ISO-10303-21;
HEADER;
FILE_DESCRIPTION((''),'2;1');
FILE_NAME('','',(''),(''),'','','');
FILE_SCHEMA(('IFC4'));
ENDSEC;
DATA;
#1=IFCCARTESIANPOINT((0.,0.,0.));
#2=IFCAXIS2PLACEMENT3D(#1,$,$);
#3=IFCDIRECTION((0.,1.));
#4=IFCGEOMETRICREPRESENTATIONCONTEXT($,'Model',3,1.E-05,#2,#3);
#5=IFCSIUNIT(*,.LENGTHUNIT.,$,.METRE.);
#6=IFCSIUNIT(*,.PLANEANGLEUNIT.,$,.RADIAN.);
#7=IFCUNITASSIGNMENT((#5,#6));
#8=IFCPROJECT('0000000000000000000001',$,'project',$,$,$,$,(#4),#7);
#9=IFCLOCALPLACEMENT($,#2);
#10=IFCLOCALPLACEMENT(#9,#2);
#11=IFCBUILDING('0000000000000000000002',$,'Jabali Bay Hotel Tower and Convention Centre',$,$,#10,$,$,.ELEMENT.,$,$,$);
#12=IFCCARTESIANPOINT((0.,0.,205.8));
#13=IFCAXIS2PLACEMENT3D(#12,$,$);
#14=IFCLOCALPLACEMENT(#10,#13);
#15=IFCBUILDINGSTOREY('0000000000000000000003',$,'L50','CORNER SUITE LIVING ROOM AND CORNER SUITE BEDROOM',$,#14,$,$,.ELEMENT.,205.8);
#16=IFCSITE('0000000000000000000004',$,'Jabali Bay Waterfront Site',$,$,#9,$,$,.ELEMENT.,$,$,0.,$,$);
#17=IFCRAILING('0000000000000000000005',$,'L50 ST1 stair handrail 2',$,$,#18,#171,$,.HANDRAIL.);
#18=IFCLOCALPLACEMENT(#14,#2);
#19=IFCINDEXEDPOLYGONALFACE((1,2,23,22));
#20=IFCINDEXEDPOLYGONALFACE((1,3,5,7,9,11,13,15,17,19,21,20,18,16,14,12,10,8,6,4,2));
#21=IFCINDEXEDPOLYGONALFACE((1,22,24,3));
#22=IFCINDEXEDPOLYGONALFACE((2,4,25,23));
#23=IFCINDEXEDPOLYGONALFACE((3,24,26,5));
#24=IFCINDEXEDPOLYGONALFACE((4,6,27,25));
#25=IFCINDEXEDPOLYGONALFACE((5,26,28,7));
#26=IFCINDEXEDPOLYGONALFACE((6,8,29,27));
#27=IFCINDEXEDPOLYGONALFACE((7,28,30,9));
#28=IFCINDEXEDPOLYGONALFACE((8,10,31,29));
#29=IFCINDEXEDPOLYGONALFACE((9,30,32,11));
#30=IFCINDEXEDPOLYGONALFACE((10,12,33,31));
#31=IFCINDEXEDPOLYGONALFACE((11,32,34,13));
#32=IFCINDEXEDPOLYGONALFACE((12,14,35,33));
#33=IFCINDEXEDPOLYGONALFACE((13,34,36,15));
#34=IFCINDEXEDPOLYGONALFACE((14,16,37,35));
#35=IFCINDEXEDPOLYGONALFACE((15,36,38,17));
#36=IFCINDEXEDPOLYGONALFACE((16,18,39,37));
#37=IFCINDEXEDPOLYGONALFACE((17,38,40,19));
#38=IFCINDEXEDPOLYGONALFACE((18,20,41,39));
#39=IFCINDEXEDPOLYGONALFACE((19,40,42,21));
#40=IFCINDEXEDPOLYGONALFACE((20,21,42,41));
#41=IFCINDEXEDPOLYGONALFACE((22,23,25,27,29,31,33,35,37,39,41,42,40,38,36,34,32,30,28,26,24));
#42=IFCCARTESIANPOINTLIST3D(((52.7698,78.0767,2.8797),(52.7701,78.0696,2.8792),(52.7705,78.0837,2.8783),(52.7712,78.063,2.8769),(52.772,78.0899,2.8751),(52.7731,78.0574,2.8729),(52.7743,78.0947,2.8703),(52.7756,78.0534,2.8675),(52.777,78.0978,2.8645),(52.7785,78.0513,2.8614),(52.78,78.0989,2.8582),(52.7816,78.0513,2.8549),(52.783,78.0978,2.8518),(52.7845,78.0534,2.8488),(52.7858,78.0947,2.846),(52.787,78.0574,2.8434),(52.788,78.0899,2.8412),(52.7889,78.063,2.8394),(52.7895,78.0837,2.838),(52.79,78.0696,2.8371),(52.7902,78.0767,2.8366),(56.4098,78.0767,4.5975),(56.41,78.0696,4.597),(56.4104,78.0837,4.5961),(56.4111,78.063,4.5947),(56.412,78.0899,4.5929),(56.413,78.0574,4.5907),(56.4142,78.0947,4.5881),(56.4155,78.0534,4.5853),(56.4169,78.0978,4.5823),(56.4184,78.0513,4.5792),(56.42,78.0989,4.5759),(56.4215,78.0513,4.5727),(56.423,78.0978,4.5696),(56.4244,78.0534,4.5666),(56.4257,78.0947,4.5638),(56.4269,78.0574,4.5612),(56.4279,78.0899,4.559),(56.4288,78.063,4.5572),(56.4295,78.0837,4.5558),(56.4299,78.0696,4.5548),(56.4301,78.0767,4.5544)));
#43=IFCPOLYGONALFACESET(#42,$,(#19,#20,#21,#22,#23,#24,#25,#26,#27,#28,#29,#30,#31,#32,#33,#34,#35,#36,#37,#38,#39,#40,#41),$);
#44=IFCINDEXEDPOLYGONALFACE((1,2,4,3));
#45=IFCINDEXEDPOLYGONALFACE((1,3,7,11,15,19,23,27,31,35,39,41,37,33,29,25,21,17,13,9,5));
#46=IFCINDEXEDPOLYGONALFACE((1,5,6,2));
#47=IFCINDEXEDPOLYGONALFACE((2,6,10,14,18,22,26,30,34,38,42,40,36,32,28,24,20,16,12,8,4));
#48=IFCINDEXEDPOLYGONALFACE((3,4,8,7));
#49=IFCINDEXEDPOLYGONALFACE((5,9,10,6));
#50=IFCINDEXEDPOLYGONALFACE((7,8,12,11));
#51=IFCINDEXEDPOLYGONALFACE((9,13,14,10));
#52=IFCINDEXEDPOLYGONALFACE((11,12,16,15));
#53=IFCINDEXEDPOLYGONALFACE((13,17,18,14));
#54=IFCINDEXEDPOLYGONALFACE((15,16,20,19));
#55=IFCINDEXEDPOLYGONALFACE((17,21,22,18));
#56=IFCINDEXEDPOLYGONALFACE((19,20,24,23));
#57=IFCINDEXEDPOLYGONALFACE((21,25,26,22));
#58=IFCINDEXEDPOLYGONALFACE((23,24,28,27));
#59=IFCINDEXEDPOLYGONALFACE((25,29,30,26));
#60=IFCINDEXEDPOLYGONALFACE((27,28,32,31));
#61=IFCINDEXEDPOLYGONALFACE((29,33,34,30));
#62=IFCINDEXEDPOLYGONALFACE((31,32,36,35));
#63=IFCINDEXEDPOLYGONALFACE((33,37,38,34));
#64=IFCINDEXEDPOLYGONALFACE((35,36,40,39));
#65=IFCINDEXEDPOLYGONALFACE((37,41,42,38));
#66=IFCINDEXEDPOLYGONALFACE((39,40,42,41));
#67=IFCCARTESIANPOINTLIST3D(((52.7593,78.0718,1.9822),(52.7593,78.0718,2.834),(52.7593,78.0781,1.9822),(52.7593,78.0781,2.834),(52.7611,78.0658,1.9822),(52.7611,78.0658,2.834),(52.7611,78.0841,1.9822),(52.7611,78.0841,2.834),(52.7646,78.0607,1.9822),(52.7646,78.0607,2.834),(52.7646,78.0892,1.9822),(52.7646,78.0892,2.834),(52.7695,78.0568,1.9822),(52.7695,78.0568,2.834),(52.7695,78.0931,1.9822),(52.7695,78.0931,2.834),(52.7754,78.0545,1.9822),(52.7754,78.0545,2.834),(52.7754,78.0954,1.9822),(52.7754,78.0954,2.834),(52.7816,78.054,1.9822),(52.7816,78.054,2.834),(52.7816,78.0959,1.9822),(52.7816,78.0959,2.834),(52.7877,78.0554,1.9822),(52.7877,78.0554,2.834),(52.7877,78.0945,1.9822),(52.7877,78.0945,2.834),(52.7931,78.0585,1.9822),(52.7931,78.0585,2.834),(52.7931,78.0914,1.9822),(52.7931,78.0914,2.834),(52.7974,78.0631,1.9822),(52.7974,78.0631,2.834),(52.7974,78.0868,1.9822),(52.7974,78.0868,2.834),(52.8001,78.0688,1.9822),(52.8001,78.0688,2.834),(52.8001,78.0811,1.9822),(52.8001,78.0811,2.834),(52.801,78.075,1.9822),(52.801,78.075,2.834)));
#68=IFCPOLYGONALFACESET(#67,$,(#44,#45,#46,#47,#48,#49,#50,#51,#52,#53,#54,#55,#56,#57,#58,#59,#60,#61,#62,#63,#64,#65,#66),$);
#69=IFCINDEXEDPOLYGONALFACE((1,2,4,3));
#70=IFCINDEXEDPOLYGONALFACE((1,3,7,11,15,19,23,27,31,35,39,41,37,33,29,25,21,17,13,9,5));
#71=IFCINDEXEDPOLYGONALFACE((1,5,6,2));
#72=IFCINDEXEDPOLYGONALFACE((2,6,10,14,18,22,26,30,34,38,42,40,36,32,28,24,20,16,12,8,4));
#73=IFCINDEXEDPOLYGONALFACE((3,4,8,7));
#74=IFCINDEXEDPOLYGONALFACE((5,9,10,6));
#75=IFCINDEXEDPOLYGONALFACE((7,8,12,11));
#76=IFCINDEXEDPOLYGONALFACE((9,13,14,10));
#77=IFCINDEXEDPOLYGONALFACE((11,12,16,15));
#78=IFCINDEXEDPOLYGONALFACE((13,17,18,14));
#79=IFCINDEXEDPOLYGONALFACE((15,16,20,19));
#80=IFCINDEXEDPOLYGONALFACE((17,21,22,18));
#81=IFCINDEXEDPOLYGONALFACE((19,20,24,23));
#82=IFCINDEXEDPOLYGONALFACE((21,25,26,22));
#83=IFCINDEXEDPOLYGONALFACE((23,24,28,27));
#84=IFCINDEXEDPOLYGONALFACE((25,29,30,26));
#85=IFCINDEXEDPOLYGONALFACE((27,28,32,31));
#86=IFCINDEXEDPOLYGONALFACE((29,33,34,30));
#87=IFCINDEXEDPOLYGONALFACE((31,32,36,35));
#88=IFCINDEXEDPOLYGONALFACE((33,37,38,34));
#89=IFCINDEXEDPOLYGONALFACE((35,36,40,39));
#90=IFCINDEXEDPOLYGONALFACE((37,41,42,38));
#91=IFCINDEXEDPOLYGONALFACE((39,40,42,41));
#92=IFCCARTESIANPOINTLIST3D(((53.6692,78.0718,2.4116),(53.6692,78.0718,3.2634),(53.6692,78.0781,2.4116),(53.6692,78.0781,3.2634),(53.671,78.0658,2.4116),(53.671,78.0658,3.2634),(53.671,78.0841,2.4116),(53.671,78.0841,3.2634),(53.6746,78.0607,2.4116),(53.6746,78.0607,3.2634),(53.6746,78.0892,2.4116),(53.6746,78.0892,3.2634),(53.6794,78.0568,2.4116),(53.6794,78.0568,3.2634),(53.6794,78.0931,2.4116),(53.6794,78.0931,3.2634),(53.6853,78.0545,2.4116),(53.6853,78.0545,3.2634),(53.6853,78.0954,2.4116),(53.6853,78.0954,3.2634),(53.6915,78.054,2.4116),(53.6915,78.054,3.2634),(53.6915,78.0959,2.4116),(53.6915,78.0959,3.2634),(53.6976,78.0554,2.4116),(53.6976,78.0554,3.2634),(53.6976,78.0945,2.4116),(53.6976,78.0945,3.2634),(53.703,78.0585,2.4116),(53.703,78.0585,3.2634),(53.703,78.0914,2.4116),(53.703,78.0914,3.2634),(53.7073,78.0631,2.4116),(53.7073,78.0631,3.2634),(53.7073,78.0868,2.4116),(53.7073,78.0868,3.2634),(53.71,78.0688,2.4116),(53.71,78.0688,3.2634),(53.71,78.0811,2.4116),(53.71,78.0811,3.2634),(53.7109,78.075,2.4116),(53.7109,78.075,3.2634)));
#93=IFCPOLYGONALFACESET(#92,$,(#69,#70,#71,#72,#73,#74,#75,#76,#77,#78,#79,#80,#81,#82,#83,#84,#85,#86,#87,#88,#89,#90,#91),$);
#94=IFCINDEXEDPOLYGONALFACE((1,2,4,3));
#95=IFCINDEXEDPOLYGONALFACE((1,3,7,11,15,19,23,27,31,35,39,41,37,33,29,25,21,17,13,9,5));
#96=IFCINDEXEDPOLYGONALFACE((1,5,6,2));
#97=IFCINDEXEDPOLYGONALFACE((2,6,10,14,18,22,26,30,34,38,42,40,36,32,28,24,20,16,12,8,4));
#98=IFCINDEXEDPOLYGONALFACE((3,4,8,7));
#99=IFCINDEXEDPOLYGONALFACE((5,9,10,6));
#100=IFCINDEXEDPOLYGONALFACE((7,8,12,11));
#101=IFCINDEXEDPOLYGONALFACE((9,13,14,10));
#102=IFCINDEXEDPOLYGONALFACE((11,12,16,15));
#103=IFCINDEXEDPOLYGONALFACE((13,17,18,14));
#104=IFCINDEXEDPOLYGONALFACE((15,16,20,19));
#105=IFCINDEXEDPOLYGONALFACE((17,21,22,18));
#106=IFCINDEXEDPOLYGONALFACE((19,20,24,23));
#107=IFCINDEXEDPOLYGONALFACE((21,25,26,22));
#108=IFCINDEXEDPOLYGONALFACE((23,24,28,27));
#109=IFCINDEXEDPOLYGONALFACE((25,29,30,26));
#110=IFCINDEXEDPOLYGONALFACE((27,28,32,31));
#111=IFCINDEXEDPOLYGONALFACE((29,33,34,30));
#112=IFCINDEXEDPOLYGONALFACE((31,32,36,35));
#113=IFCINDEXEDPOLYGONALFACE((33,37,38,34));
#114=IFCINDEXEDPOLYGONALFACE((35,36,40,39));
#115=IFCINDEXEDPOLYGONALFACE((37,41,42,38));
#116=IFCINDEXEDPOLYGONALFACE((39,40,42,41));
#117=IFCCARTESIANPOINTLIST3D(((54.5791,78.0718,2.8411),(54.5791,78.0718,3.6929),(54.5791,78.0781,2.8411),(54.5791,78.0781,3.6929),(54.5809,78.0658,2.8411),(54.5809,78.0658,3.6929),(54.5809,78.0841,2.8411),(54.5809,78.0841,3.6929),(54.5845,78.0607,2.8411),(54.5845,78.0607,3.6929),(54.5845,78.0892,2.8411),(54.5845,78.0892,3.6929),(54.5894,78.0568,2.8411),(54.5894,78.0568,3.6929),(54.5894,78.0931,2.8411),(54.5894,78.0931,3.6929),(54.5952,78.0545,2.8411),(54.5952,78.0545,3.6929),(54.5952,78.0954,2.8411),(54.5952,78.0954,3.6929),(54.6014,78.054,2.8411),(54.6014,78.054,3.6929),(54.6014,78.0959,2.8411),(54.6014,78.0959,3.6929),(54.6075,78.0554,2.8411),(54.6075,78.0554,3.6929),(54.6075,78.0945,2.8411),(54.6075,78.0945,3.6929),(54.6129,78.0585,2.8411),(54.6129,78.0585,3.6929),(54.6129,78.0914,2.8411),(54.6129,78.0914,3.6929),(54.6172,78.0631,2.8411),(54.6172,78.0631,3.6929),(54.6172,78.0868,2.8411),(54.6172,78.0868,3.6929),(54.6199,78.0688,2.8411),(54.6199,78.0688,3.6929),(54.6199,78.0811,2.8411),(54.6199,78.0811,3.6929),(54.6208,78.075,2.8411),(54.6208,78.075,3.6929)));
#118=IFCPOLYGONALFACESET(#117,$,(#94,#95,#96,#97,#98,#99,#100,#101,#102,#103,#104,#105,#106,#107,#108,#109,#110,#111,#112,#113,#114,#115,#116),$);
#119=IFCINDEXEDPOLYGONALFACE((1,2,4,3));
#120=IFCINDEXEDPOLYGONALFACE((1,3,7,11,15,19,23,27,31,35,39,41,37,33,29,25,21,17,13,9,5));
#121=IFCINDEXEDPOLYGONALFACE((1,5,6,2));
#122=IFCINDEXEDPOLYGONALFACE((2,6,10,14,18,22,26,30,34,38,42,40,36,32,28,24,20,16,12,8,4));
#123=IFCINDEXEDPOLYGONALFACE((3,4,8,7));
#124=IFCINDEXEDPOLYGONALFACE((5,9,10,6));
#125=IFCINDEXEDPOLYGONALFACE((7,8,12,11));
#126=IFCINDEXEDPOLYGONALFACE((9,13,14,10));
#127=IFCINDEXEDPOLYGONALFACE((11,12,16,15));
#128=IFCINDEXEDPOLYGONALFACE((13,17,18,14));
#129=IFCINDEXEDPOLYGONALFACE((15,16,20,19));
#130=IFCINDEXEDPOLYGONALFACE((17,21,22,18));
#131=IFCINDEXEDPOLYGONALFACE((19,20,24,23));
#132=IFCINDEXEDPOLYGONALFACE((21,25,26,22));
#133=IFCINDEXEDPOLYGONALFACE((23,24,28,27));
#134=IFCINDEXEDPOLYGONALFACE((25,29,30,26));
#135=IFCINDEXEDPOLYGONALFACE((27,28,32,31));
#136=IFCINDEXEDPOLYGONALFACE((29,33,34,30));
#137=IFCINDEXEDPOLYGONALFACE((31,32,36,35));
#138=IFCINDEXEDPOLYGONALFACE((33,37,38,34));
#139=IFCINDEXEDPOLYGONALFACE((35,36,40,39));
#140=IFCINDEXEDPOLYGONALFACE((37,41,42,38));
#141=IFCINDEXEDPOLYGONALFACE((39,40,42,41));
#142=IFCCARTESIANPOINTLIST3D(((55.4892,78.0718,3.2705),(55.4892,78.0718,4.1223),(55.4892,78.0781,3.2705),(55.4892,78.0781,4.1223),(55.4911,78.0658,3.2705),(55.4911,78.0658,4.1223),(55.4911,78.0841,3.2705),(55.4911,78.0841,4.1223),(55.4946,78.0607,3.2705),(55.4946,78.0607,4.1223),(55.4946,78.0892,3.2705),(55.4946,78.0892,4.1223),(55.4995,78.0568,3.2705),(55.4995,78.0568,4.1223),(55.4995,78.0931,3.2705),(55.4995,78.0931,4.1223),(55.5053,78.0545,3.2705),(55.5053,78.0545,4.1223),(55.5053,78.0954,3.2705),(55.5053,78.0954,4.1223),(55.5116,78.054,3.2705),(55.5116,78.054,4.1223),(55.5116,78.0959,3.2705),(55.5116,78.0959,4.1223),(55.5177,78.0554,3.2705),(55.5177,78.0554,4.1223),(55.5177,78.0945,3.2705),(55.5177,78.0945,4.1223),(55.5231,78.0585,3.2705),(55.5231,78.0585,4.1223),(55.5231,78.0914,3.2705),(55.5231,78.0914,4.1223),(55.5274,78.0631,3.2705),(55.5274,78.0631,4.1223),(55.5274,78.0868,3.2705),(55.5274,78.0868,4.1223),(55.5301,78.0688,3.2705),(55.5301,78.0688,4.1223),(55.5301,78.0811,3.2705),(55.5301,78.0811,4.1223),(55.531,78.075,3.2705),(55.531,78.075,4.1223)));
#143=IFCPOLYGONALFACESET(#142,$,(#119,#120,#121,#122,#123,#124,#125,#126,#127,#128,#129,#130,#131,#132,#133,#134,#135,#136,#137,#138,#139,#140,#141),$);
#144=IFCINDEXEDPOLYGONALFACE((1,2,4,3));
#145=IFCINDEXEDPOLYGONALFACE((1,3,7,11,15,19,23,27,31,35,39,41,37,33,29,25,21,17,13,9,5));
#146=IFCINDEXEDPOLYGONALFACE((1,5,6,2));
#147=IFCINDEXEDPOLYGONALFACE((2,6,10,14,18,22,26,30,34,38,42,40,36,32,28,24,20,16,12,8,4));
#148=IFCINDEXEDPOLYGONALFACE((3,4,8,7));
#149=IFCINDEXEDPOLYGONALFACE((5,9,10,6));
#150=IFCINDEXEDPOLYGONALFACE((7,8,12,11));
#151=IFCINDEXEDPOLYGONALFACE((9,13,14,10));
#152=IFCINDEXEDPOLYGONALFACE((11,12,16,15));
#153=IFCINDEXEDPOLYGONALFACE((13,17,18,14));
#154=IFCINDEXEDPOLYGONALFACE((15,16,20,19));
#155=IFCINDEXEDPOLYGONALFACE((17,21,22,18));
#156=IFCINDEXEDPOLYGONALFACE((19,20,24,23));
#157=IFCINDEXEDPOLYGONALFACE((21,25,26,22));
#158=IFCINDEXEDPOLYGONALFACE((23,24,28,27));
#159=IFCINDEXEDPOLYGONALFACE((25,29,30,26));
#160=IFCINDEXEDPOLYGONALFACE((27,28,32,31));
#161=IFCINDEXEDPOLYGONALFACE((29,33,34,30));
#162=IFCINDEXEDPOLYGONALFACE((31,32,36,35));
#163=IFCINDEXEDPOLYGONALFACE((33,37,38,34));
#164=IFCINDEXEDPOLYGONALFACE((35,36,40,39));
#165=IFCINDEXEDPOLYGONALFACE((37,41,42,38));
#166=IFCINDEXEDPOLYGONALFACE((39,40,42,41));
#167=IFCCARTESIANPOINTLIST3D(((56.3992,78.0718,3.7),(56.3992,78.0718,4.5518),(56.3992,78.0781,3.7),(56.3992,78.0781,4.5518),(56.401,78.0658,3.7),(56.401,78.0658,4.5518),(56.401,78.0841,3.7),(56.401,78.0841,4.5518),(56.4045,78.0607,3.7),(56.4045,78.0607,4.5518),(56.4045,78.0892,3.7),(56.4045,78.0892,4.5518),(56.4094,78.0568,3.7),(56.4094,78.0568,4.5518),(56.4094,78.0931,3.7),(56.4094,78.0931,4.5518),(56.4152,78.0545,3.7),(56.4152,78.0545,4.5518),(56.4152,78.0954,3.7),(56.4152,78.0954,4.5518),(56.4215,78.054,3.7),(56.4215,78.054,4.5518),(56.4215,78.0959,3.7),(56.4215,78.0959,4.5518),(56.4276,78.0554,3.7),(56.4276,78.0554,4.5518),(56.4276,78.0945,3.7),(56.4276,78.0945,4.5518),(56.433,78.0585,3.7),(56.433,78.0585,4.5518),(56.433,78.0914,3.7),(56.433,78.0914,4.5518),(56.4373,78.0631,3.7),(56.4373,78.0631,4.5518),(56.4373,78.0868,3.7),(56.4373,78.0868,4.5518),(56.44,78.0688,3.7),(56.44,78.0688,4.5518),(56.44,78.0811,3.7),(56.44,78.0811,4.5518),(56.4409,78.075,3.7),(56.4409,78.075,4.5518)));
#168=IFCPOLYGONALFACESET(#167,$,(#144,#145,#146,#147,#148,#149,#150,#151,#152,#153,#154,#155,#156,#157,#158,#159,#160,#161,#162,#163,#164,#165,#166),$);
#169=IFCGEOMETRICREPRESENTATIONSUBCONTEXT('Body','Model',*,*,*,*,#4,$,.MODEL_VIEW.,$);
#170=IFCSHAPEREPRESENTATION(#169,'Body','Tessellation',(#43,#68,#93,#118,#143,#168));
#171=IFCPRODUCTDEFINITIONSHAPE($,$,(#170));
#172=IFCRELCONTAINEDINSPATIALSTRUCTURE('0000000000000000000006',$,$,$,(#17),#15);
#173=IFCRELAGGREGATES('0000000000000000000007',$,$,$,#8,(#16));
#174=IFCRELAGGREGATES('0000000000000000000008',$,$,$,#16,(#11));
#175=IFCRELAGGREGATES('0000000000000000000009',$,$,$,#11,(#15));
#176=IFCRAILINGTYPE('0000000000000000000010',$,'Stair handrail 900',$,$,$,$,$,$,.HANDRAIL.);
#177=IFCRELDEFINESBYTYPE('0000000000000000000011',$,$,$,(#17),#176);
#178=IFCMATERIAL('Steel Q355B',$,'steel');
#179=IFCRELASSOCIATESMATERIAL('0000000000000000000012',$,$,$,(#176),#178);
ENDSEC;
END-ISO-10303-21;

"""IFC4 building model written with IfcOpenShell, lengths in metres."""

from ifc_helpers import new_model, si_unit, direction, frame, origin, origin_2d, place, context, subcontext, project, spatial, circle, extrude, material, type_object, element, save


model = new_model("IFC4")

# Units and contexts
model_context = context("Model", 3, precision=1e-05, world=origin(), true_north=direction((0.0, 1.0)))
body_context = subcontext(model_context, "Body", "Model", "MODEL_VIEW")
ifc_project = project(units=[si_unit("LENGTHUNIT", "METRE"), si_unit("PLANEANGLEUNIT", "RADIAN")], contexts=[model_context])

# Site, building, storey
site_placement = place(None, origin())
site = spatial("IfcSite", under=ifc_project, at=site_placement, Name="Jabali Bay Waterfront Site", CompositionType="ELEMENT", RefElevation=0.0)
building_placement = place(site_placement, origin())
building = spatial("IfcBuilding", under=site, at=building_placement, Name="Jabali Bay Hotel Tower and Convention Centre", CompositionType="ELEMENT")
storey_placement = place(building_placement, frame((0.0, 0.0, 205.8)))
storey = spatial("IfcBuildingStorey", under=building, at=storey_placement, Name="L50", Description="CORNER SUITE LIVING ROOM AND CORNER SUITE BEDROOM", CompositionType="ELEMENT", Elevation=205.8)

# Railing
ifc_material_1 = material(Name="Steel Q355B", Category="steel")
railing_type = type_object("IfcRailingType", Name="Stair handrail 900", PredefinedType="HANDRAIL", material=ifc_material_1)
railing_placement = place(storey_placement, frame((52.78, 78.075, 1.9822)))
element("IfcRailing", 1, at=railing_placement, inside=storey, type_object=railing_type, Name="L50 ST1 stair handrail 2", PredefinedType="HANDRAIL", context=body_context, shape_type="SweptSolid", body=[
    extrude(circle(Radius=0.0239, at=origin_2d()), frame((0.0, 0.0, 0.876), z_axis=(0.904351, 0.0, 0.42679), x_axis=(0.0, 1.0, 0.0)), (0.0, 0.0, 1.0), 4.0249),
    extrude(circle(Radius=0.021, at=origin_2d()), origin(), (0.0, 0.0, 1.0), 0.8518),
    extrude(circle(Radius=0.021, at=origin_2d()), frame((0.9099, 0.0, 0.4294)), (0.0, 0.0, 1.0), 0.8518),
    extrude(circle(Radius=0.021, at=origin_2d()), frame((1.8198, 0.0, 0.8589)), (0.0, 0.0, 1.0), 0.8518),
    extrude(circle(Radius=0.021, at=origin_2d()), frame((2.73, 0.0, 1.2883)), (0.0, 0.0, 1.0), 0.8518),
    extrude(circle(Radius=0.021, at=origin_2d()), frame((3.6399, 0.0, 1.7178)), (0.0, 0.0, 1.0), 0.8518),
])

save(model, "model.ifc")
